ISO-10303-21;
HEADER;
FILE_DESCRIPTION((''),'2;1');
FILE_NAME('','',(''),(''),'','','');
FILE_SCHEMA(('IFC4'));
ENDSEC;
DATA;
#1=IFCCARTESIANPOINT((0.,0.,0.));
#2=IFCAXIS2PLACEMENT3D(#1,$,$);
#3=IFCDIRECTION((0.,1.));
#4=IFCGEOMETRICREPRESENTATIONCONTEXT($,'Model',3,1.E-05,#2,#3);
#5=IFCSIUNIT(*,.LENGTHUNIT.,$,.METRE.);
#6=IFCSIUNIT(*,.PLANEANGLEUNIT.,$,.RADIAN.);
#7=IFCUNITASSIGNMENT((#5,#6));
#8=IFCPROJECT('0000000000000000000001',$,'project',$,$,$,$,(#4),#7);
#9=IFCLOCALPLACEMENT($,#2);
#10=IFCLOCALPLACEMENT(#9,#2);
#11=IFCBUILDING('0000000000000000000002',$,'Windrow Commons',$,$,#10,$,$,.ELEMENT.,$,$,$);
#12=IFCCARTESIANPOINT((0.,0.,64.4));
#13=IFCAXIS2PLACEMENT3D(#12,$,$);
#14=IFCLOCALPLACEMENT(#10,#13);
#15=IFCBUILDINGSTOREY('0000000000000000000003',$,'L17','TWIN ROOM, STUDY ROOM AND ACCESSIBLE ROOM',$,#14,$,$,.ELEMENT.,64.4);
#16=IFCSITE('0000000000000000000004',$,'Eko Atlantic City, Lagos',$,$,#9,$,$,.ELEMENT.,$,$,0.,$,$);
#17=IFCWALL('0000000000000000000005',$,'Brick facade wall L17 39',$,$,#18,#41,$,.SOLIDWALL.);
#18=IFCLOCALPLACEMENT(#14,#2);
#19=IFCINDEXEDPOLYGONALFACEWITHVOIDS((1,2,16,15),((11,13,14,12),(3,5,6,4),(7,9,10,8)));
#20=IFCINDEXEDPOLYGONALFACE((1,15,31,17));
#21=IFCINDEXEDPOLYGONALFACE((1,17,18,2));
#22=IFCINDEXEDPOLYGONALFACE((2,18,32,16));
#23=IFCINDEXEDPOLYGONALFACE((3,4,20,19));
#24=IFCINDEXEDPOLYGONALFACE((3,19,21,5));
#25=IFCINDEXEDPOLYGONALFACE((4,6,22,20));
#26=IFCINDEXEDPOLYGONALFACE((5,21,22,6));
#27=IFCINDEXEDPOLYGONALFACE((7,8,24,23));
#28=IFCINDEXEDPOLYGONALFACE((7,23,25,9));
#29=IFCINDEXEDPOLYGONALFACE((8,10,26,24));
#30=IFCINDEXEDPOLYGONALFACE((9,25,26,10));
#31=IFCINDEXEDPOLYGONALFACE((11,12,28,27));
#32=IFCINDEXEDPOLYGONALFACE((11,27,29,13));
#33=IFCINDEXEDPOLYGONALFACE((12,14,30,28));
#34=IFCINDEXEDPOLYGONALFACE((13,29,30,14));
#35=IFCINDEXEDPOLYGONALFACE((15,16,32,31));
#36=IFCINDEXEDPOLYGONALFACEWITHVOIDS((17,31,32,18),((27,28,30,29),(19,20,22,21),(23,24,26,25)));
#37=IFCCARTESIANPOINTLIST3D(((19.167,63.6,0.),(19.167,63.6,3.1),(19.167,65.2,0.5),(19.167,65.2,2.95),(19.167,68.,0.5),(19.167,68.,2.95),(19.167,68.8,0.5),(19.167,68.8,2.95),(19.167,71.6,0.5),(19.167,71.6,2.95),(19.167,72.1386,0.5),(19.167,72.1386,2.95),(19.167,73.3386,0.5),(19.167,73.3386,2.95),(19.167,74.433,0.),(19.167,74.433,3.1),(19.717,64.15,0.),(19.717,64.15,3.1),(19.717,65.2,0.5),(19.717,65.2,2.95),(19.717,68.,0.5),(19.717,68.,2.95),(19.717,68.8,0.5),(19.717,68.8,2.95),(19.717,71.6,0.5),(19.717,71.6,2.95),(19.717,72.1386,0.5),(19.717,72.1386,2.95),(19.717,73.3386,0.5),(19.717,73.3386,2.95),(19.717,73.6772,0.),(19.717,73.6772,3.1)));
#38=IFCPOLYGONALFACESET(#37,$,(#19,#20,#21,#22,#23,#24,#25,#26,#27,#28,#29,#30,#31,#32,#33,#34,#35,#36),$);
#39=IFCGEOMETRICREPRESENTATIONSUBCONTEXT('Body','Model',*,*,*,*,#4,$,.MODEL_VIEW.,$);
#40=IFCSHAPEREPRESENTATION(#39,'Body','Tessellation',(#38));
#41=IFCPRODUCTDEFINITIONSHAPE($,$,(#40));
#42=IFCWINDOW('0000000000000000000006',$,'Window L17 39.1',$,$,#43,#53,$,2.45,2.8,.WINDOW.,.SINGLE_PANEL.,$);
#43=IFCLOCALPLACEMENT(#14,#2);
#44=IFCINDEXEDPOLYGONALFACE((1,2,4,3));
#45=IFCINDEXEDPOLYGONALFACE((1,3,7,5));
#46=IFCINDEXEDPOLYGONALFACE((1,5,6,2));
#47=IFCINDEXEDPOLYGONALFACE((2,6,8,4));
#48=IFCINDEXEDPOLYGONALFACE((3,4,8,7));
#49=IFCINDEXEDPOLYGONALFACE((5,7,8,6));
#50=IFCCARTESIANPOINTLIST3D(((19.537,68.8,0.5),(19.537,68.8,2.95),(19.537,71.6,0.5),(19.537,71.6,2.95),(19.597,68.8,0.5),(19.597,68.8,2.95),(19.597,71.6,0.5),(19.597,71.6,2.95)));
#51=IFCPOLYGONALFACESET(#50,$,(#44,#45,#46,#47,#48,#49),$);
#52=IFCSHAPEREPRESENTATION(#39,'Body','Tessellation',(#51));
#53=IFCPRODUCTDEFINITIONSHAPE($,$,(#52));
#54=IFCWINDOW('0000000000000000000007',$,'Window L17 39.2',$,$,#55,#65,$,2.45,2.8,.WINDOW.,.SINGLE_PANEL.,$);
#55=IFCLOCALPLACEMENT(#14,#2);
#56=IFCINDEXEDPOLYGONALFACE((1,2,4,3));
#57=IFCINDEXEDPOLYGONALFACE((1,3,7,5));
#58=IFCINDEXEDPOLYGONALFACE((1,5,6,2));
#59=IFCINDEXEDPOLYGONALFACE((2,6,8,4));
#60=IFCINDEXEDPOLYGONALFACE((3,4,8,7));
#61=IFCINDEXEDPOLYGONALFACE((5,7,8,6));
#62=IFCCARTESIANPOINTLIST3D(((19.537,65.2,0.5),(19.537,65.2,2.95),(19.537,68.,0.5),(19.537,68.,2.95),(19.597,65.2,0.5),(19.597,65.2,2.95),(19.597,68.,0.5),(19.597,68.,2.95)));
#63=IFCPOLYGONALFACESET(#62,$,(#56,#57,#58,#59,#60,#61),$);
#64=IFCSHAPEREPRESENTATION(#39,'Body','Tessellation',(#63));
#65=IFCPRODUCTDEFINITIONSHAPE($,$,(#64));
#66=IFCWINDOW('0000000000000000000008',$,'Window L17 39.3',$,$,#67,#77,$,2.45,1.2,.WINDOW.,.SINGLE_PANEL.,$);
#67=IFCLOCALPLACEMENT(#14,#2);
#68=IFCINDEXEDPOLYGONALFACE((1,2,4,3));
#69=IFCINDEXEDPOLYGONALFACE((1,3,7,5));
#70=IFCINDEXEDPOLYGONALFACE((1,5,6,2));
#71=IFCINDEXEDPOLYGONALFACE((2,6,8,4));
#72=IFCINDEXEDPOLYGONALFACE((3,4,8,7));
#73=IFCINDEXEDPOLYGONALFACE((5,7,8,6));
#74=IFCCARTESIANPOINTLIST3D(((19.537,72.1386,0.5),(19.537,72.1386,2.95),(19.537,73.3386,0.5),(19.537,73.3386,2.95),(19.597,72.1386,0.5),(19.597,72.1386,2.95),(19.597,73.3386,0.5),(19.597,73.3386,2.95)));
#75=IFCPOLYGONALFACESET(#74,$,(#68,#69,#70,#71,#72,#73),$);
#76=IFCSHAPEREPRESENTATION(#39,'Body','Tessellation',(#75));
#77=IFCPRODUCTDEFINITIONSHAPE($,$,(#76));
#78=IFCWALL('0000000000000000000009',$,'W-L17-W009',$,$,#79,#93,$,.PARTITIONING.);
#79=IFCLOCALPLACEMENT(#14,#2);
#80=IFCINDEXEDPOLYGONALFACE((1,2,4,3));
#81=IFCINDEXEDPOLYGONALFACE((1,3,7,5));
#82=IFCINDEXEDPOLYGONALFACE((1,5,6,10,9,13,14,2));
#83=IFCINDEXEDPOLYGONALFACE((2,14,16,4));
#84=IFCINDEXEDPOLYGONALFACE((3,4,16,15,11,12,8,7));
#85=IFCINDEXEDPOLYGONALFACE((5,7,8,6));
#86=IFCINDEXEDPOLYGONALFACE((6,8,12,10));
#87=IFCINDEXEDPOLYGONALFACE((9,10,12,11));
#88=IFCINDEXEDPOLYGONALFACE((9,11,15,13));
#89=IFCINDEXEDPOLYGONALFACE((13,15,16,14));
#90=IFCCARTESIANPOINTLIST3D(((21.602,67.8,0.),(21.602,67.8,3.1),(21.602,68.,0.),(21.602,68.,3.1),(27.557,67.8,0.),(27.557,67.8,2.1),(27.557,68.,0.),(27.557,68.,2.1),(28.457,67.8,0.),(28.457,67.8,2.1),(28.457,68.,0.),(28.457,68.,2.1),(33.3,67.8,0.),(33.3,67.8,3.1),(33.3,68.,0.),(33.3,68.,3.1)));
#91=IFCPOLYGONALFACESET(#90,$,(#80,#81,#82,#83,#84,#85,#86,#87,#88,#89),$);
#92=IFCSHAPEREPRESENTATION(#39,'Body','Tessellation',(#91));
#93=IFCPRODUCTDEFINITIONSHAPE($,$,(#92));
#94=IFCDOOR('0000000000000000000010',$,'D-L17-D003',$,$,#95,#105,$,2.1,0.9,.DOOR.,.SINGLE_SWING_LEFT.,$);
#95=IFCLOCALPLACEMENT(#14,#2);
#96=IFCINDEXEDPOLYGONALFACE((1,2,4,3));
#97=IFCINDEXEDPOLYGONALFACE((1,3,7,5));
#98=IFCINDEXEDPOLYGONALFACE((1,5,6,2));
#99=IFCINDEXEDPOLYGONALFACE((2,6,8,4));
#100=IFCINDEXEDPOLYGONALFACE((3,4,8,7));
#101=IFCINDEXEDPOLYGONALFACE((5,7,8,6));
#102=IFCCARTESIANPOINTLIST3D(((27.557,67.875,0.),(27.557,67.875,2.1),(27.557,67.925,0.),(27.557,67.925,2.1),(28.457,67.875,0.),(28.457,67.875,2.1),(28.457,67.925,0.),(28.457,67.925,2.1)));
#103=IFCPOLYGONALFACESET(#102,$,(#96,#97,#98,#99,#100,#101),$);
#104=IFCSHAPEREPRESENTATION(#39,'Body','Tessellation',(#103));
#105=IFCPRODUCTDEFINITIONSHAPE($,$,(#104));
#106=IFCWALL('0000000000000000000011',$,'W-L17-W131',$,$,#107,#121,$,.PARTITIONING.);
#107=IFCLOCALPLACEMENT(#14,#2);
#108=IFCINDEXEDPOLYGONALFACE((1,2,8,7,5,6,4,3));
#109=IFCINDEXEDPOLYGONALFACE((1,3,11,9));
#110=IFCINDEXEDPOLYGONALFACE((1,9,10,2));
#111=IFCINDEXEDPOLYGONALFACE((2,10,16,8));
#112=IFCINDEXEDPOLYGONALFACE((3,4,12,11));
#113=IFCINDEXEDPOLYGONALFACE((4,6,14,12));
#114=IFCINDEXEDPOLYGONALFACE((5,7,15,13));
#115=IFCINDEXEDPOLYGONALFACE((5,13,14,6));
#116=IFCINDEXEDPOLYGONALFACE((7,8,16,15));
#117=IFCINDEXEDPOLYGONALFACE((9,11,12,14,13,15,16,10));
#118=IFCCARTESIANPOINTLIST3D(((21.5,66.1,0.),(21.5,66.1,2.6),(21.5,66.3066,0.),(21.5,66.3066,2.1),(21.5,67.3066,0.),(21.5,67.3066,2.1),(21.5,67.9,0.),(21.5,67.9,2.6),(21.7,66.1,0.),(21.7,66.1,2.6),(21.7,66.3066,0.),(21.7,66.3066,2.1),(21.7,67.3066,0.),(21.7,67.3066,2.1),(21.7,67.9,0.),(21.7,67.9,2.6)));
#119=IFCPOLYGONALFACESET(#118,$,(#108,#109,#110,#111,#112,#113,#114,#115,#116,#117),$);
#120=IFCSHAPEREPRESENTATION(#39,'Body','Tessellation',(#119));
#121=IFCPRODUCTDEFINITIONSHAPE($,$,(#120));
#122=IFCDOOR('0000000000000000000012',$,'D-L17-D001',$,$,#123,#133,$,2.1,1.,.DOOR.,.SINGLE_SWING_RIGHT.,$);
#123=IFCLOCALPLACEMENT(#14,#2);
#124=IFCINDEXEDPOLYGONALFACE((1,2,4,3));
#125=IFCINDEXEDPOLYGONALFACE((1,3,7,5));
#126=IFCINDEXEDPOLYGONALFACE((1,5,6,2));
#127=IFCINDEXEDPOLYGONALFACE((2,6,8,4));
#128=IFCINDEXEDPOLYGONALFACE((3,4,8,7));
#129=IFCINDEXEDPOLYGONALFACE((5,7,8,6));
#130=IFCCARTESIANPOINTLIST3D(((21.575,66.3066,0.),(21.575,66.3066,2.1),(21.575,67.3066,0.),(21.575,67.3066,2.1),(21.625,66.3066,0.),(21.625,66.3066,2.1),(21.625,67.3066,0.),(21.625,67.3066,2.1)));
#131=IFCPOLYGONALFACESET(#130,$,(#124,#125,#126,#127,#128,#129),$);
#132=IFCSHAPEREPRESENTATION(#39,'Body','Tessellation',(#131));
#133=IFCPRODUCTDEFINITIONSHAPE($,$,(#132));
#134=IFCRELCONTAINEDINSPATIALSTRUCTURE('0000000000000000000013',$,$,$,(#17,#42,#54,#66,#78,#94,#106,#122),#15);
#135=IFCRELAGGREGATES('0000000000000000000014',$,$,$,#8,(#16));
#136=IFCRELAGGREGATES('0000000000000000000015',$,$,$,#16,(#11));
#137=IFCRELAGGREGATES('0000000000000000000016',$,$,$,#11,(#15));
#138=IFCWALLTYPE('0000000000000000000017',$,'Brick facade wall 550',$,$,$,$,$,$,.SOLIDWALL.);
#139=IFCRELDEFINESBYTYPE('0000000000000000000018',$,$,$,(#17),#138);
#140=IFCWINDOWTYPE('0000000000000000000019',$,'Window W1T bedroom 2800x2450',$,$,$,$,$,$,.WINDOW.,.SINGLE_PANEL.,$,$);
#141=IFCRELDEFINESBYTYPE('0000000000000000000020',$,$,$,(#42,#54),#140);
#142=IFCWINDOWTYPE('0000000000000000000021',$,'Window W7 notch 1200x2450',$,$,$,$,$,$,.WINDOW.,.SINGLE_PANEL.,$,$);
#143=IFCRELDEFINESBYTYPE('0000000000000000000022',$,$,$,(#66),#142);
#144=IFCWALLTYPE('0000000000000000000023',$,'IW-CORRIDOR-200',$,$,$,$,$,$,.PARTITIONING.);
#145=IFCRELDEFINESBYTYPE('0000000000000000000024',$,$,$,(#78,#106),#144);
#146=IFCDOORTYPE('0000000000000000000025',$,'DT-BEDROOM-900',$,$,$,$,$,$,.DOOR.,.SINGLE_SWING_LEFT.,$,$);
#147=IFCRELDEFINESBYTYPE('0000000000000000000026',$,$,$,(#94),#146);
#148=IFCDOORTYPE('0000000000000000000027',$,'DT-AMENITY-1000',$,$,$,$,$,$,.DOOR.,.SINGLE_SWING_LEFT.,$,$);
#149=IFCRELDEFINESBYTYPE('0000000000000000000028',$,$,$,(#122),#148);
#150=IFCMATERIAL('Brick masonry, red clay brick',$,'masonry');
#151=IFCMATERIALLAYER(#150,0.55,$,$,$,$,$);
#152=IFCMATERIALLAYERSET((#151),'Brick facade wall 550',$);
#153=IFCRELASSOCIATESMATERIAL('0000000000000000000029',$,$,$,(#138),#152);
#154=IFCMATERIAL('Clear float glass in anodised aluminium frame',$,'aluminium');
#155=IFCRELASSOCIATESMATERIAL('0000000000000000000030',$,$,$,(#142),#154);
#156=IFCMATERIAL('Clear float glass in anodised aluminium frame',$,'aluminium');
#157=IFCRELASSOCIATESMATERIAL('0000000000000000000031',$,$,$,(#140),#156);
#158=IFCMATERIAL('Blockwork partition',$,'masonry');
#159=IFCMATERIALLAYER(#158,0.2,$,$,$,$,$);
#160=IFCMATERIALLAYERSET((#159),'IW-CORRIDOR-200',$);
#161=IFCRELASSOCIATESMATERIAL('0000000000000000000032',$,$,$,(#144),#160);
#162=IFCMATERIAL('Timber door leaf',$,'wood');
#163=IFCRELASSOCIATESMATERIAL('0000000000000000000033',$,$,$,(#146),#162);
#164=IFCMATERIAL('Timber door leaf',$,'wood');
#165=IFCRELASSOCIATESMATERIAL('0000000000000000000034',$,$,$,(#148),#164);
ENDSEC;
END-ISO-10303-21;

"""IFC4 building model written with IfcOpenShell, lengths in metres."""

from ifc_helpers import new_model, si_unit, direction, frame, frame_2d, origin, place, context, subcontext, project, spatial, polyline, rectangle, outline, extrude, material, layer, layer_set, type_object, element, fill, save


model = new_model("IFC4")

# Units and contexts
model_context = context("Model", 3, precision=1e-05, world=origin(), true_north=direction((0.0, 1.0)))
body_context = subcontext(model_context, "Body", "Model", "MODEL_VIEW")
ifc_project = project(units=[si_unit("LENGTHUNIT", "METRE"), si_unit("PLANEANGLEUNIT", "RADIAN")], contexts=[model_context])

# Site, building, storey
site_placement = place(None, origin())
site = spatial("IfcSite", under=ifc_project, at=site_placement, Name="Eko Atlantic City, Lagos", CompositionType="ELEMENT", RefElevation=0.0)
building_placement = place(site_placement, origin())
building = spatial("IfcBuilding", under=site, at=building_placement, Name="Windrow Commons", CompositionType="ELEMENT")
storey_placement = place(building_placement, frame((0.0, 0.0, 64.4)))
storey = spatial("IfcBuildingStorey", under=building, at=storey_placement, Name="L17", Description="TWIN ROOM, STUDY ROOM AND ACCESSIBLE ROOM", CompositionType="ELEMENT", Elevation=64.4)

# Shared definitions
ifc_material_1 = material(Name="Brick masonry, red clay brick", Category="masonry")
ifc_layer_1 = layer(ifc_material_1, 0.55)
ifc_layer_set_1 = layer_set([ifc_layer_1], Name="Brick facade wall 550")
wall_type_1 = type_object("IfcWallType", Name="Brick facade wall 550", PredefinedType="SOLIDWALL", material=ifc_layer_set_1)
ifc_material_2 = material(Name="Clear float glass in anodised aluminium frame", Category="aluminium")
window_type_1 = type_object("IfcWindowType", Name="Window W7 notch 1200x2450", PartitioningType="SINGLE_PANEL", PredefinedType="WINDOW", material=ifc_material_2)

# Wall, openings, windows
wall_1_placement = place(storey_placement, frame((19.442, 74.0551, 0.0), z_axis=(0.0, 0.0, 1.0), x_axis=(0.0, -1.0, 0.0)))
wall_1 = element("IfcWall", 1, at=wall_1_placement, inside=storey, type_object=wall_type_1, Name="Brick facade wall L17 39", PredefinedType="SOLIDWALL", context=body_context, shape_type="SweptSolid", body=[
    extrude(outline(polyline([(-0.3779, -0.275), (10.4551, -0.275), (9.9051, 0.275), (0.3779, 0.275), (-0.3779, -0.275)])), origin(), (0.0, 0.0, 1.0), 3.1),
])
opening_1_placement = place(wall_1_placement, frame((2.4551, 0.0, 0.5)))
opening_1 = element("IfcOpeningElement", 2, at=opening_1_placement, cuts=wall_1, PredefinedType="OPENING", context=body_context, shape_type="SweptSolid", body=[
    extrude(rectangle(XDim=2.8, YDim=2.45, at=frame_2d((1.4, 1.225))), frame((0.0, 0.285, 0.0), z_axis=(0.0, -1.0, 0.0), x_axis=(1.0, 0.0, 0.0)), (0.0, 0.0, 1.0), 0.57),
])
opening_2_placement = place(wall_1_placement, frame((6.0551, 0.0, 0.5)))
opening_2 = element("IfcOpeningElement", 3, at=opening_2_placement, cuts=wall_1, PredefinedType="OPENING", context=body_context, shape_type="SweptSolid", body=[
    extrude(rectangle(XDim=2.8, YDim=2.45, at=frame_2d((1.4, 1.225))), frame((0.0, 0.285, 0.0), z_axis=(0.0, -1.0, 0.0), x_axis=(1.0, 0.0, 0.0)), (0.0, 0.0, 1.0), 0.57),
])
opening_3_placement = place(wall_1_placement, frame((0.7165, 0.0, 0.5)))
opening_3 = element("IfcOpeningElement", 4, at=opening_3_placement, cuts=wall_1, PredefinedType="OPENING", context=body_context, shape_type="SweptSolid", body=[
    extrude(rectangle(XDim=1.2, YDim=2.45, at=frame_2d((0.6, 1.225))), frame((0.0, 0.285, 0.0), z_axis=(0.0, -1.0, 0.0), x_axis=(1.0, 0.0, 0.0)), (0.0, 0.0, 1.0), 0.57),
])
ifc_material_3 = material(Name="Clear float glass in anodised aluminium frame", Category="aluminium")
window_type_2 = type_object("IfcWindowType", Name="Window W1T bedroom 2800x2450", PartitioningType="SINGLE_PANEL", PredefinedType="WINDOW", material=ifc_material_3)
window_1_placement = place(opening_1_placement, origin())
window_1 = element("IfcWindow", 5, at=window_1_placement, inside=storey, type_object=window_type_2, Name="Window L17 39.1", OverallHeight=2.45, OverallWidth=2.8, PartitioningType="SINGLE_PANEL", PredefinedType="WINDOW", context=body_context, shape_type="SweptSolid", body=[
    extrude(rectangle(XDim=2.8, YDim=2.45, at=frame_2d((1.4, 1.225))), frame((0.0, 0.155, 0.0), z_axis=(0.0, -1.0, 0.0), x_axis=(1.0, 0.0, 0.0)), (0.0, 0.0, 1.0), 0.06),
])
fill(opening_1, window_1)
window_2_placement = place(opening_2_placement, origin())
window_2 = element("IfcWindow", 6, at=window_2_placement, inside=storey, type_object=window_type_2, Name="Window L17 39.2", OverallHeight=2.45, OverallWidth=2.8, PartitioningType="SINGLE_PANEL", PredefinedType="WINDOW", context=body_context, shape_type="SweptSolid", body=[
    extrude(rectangle(XDim=2.8, YDim=2.45, at=frame_2d((1.4, 1.225))), frame((0.0, 0.155, 0.0), z_axis=(0.0, -1.0, 0.0), x_axis=(1.0, 0.0, 0.0)), (0.0, 0.0, 1.0), 0.06),
])
fill(opening_2, window_2)
window_3_placement = place(opening_3_placement, origin())
window_3 = element("IfcWindow", 7, at=window_3_placement, inside=storey, type_object=window_type_1, Name="Window L17 39.3", OverallHeight=2.45, OverallWidth=1.2, PartitioningType="SINGLE_PANEL", PredefinedType="WINDOW", context=body_context, shape_type="SweptSolid", body=[
    extrude(rectangle(XDim=1.2, YDim=2.45, at=frame_2d((0.6, 1.225))), frame((0.0, 0.155, 0.0), z_axis=(0.0, -1.0, 0.0), x_axis=(1.0, 0.0, 0.0)), (0.0, 0.0, 1.0), 0.06),
])
fill(opening_3, window_3)

# Walls, openings, doors
ifc_material_4 = material(Name="Blockwork partition", Category="masonry")
ifc_layer_2 = layer(ifc_material_4, 0.2)
ifc_layer_set_2 = layer_set([ifc_layer_2], Name="IW-CORRIDOR-200")
wall_type_2 = type_object("IfcWallType", Name="IW-CORRIDOR-200", PredefinedType="PARTITIONING", material=ifc_layer_set_2)
wall_2_placement = place(storey_placement, frame((21.602, 67.9, 0.0), z_axis=(0.0, 0.0, 1.0), x_axis=(1.0, 0.0, 0.0)))
wall_2 = element("IfcWall", 8, at=wall_2_placement, inside=storey, type_object=wall_type_2, Name="W-L17-W009", PredefinedType="PARTITIONING", context=body_context, shape_type="SweptSolid", body=[
    extrude(rectangle(XDim=11.698, YDim=0.2, at=frame_2d((5.849, 0.0))), origin(), (0.0, 0.0, 1.0), 3.1),
])
opening_4_placement = place(wall_2_placement, frame((5.955, 0.0, 0.0)))
opening_4 = element("IfcOpeningElement", 9, at=opening_4_placement, cuts=wall_2, PredefinedType="OPENING", context=body_context, shape_type="SweptSolid", body=[
    extrude(rectangle(XDim=0.9, YDim=2.1, at=frame_2d((0.45, 1.05))), frame((0.0, 0.11, 0.0), z_axis=(0.0, -1.0, 0.0), x_axis=(1.0, 0.0, 0.0)), (0.0, 0.0, 1.0), 0.22),
])
ifc_material_5 = material(Name="Timber door leaf", Category="wood")
door_type_1 = type_object("IfcDoorType", Name="DT-BEDROOM-900", OperationType="SINGLE_SWING_LEFT", PredefinedType="DOOR", material=ifc_material_5)
door_1_placement = place(opening_4_placement, origin())
door_1 = element("IfcDoor", 10, at=door_1_placement, inside=storey, type_object=door_type_1, Name="D-L17-D003", OperationType="SINGLE_SWING_LEFT", OverallHeight=2.1, OverallWidth=0.9, PredefinedType="DOOR", context=body_context, shape_type="SweptSolid", body=[
    extrude(rectangle(XDim=0.9, YDim=2.1, at=frame_2d((0.45, 1.05))), frame((0.0, 0.025, 0.0), z_axis=(0.0, -1.0, 0.0), x_axis=(1.0, 0.0, 0.0)), (0.0, 0.0, 1.0), 0.05),
])
fill(opening_4, door_1)
wall_3_placement = place(storey_placement, frame((21.6, 66.1, 0.0), z_axis=(0.0, 0.0, 1.0), x_axis=(0.0, 1.0, 0.0)))
wall_3 = element("IfcWall", 11, at=wall_3_placement, inside=storey, type_object=wall_type_2, Name="W-L17-W131", PredefinedType="PARTITIONING", context=body_context, shape_type="SweptSolid", body=[
    extrude(rectangle(XDim=1.8, YDim=0.2, at=frame_2d((0.9, 0.0))), origin(), (0.0, 0.0, 1.0), 2.6),
])
opening_5_placement = place(wall_3_placement, frame((0.2066, 0.0, 0.0)))
opening_5 = element("IfcOpeningElement", 12, at=opening_5_placement, cuts=wall_3, PredefinedType="OPENING", context=body_context, shape_type="SweptSolid", body=[
    extrude(rectangle(XDim=1.0, YDim=2.1, at=frame_2d((0.5, 1.05))), frame((0.0, 0.11, 0.0), z_axis=(0.0, -1.0, 0.0), x_axis=(1.0, 0.0, 0.0)), (0.0, 0.0, 1.0), 0.22),
])
ifc_material_6 = material(Name="Timber door leaf", Category="wood")
door_type_2 = type_object("IfcDoorType", Name="DT-AMENITY-1000", OperationType="SINGLE_SWING_LEFT", PredefinedType="DOOR", material=ifc_material_6)
door_2_placement = place(opening_5_placement, origin())
door_2 = element("IfcDoor", 13, at=door_2_placement, inside=storey, type_object=door_type_2, Name="D-L17-D001", OperationType="SINGLE_SWING_RIGHT", OverallHeight=2.1, OverallWidth=1.0, PredefinedType="DOOR", context=body_context, shape_type="SweptSolid", body=[
    extrude(rectangle(XDim=1.0, YDim=2.1, at=frame_2d((0.5, 1.05))), frame((0.0, 0.025, 0.0), z_axis=(0.0, -1.0, 0.0), x_axis=(1.0, 0.0, 0.0)), (0.0, 0.0, 1.0), 0.05),
])
fill(opening_5, door_2)

save(model, "model.ifc")
